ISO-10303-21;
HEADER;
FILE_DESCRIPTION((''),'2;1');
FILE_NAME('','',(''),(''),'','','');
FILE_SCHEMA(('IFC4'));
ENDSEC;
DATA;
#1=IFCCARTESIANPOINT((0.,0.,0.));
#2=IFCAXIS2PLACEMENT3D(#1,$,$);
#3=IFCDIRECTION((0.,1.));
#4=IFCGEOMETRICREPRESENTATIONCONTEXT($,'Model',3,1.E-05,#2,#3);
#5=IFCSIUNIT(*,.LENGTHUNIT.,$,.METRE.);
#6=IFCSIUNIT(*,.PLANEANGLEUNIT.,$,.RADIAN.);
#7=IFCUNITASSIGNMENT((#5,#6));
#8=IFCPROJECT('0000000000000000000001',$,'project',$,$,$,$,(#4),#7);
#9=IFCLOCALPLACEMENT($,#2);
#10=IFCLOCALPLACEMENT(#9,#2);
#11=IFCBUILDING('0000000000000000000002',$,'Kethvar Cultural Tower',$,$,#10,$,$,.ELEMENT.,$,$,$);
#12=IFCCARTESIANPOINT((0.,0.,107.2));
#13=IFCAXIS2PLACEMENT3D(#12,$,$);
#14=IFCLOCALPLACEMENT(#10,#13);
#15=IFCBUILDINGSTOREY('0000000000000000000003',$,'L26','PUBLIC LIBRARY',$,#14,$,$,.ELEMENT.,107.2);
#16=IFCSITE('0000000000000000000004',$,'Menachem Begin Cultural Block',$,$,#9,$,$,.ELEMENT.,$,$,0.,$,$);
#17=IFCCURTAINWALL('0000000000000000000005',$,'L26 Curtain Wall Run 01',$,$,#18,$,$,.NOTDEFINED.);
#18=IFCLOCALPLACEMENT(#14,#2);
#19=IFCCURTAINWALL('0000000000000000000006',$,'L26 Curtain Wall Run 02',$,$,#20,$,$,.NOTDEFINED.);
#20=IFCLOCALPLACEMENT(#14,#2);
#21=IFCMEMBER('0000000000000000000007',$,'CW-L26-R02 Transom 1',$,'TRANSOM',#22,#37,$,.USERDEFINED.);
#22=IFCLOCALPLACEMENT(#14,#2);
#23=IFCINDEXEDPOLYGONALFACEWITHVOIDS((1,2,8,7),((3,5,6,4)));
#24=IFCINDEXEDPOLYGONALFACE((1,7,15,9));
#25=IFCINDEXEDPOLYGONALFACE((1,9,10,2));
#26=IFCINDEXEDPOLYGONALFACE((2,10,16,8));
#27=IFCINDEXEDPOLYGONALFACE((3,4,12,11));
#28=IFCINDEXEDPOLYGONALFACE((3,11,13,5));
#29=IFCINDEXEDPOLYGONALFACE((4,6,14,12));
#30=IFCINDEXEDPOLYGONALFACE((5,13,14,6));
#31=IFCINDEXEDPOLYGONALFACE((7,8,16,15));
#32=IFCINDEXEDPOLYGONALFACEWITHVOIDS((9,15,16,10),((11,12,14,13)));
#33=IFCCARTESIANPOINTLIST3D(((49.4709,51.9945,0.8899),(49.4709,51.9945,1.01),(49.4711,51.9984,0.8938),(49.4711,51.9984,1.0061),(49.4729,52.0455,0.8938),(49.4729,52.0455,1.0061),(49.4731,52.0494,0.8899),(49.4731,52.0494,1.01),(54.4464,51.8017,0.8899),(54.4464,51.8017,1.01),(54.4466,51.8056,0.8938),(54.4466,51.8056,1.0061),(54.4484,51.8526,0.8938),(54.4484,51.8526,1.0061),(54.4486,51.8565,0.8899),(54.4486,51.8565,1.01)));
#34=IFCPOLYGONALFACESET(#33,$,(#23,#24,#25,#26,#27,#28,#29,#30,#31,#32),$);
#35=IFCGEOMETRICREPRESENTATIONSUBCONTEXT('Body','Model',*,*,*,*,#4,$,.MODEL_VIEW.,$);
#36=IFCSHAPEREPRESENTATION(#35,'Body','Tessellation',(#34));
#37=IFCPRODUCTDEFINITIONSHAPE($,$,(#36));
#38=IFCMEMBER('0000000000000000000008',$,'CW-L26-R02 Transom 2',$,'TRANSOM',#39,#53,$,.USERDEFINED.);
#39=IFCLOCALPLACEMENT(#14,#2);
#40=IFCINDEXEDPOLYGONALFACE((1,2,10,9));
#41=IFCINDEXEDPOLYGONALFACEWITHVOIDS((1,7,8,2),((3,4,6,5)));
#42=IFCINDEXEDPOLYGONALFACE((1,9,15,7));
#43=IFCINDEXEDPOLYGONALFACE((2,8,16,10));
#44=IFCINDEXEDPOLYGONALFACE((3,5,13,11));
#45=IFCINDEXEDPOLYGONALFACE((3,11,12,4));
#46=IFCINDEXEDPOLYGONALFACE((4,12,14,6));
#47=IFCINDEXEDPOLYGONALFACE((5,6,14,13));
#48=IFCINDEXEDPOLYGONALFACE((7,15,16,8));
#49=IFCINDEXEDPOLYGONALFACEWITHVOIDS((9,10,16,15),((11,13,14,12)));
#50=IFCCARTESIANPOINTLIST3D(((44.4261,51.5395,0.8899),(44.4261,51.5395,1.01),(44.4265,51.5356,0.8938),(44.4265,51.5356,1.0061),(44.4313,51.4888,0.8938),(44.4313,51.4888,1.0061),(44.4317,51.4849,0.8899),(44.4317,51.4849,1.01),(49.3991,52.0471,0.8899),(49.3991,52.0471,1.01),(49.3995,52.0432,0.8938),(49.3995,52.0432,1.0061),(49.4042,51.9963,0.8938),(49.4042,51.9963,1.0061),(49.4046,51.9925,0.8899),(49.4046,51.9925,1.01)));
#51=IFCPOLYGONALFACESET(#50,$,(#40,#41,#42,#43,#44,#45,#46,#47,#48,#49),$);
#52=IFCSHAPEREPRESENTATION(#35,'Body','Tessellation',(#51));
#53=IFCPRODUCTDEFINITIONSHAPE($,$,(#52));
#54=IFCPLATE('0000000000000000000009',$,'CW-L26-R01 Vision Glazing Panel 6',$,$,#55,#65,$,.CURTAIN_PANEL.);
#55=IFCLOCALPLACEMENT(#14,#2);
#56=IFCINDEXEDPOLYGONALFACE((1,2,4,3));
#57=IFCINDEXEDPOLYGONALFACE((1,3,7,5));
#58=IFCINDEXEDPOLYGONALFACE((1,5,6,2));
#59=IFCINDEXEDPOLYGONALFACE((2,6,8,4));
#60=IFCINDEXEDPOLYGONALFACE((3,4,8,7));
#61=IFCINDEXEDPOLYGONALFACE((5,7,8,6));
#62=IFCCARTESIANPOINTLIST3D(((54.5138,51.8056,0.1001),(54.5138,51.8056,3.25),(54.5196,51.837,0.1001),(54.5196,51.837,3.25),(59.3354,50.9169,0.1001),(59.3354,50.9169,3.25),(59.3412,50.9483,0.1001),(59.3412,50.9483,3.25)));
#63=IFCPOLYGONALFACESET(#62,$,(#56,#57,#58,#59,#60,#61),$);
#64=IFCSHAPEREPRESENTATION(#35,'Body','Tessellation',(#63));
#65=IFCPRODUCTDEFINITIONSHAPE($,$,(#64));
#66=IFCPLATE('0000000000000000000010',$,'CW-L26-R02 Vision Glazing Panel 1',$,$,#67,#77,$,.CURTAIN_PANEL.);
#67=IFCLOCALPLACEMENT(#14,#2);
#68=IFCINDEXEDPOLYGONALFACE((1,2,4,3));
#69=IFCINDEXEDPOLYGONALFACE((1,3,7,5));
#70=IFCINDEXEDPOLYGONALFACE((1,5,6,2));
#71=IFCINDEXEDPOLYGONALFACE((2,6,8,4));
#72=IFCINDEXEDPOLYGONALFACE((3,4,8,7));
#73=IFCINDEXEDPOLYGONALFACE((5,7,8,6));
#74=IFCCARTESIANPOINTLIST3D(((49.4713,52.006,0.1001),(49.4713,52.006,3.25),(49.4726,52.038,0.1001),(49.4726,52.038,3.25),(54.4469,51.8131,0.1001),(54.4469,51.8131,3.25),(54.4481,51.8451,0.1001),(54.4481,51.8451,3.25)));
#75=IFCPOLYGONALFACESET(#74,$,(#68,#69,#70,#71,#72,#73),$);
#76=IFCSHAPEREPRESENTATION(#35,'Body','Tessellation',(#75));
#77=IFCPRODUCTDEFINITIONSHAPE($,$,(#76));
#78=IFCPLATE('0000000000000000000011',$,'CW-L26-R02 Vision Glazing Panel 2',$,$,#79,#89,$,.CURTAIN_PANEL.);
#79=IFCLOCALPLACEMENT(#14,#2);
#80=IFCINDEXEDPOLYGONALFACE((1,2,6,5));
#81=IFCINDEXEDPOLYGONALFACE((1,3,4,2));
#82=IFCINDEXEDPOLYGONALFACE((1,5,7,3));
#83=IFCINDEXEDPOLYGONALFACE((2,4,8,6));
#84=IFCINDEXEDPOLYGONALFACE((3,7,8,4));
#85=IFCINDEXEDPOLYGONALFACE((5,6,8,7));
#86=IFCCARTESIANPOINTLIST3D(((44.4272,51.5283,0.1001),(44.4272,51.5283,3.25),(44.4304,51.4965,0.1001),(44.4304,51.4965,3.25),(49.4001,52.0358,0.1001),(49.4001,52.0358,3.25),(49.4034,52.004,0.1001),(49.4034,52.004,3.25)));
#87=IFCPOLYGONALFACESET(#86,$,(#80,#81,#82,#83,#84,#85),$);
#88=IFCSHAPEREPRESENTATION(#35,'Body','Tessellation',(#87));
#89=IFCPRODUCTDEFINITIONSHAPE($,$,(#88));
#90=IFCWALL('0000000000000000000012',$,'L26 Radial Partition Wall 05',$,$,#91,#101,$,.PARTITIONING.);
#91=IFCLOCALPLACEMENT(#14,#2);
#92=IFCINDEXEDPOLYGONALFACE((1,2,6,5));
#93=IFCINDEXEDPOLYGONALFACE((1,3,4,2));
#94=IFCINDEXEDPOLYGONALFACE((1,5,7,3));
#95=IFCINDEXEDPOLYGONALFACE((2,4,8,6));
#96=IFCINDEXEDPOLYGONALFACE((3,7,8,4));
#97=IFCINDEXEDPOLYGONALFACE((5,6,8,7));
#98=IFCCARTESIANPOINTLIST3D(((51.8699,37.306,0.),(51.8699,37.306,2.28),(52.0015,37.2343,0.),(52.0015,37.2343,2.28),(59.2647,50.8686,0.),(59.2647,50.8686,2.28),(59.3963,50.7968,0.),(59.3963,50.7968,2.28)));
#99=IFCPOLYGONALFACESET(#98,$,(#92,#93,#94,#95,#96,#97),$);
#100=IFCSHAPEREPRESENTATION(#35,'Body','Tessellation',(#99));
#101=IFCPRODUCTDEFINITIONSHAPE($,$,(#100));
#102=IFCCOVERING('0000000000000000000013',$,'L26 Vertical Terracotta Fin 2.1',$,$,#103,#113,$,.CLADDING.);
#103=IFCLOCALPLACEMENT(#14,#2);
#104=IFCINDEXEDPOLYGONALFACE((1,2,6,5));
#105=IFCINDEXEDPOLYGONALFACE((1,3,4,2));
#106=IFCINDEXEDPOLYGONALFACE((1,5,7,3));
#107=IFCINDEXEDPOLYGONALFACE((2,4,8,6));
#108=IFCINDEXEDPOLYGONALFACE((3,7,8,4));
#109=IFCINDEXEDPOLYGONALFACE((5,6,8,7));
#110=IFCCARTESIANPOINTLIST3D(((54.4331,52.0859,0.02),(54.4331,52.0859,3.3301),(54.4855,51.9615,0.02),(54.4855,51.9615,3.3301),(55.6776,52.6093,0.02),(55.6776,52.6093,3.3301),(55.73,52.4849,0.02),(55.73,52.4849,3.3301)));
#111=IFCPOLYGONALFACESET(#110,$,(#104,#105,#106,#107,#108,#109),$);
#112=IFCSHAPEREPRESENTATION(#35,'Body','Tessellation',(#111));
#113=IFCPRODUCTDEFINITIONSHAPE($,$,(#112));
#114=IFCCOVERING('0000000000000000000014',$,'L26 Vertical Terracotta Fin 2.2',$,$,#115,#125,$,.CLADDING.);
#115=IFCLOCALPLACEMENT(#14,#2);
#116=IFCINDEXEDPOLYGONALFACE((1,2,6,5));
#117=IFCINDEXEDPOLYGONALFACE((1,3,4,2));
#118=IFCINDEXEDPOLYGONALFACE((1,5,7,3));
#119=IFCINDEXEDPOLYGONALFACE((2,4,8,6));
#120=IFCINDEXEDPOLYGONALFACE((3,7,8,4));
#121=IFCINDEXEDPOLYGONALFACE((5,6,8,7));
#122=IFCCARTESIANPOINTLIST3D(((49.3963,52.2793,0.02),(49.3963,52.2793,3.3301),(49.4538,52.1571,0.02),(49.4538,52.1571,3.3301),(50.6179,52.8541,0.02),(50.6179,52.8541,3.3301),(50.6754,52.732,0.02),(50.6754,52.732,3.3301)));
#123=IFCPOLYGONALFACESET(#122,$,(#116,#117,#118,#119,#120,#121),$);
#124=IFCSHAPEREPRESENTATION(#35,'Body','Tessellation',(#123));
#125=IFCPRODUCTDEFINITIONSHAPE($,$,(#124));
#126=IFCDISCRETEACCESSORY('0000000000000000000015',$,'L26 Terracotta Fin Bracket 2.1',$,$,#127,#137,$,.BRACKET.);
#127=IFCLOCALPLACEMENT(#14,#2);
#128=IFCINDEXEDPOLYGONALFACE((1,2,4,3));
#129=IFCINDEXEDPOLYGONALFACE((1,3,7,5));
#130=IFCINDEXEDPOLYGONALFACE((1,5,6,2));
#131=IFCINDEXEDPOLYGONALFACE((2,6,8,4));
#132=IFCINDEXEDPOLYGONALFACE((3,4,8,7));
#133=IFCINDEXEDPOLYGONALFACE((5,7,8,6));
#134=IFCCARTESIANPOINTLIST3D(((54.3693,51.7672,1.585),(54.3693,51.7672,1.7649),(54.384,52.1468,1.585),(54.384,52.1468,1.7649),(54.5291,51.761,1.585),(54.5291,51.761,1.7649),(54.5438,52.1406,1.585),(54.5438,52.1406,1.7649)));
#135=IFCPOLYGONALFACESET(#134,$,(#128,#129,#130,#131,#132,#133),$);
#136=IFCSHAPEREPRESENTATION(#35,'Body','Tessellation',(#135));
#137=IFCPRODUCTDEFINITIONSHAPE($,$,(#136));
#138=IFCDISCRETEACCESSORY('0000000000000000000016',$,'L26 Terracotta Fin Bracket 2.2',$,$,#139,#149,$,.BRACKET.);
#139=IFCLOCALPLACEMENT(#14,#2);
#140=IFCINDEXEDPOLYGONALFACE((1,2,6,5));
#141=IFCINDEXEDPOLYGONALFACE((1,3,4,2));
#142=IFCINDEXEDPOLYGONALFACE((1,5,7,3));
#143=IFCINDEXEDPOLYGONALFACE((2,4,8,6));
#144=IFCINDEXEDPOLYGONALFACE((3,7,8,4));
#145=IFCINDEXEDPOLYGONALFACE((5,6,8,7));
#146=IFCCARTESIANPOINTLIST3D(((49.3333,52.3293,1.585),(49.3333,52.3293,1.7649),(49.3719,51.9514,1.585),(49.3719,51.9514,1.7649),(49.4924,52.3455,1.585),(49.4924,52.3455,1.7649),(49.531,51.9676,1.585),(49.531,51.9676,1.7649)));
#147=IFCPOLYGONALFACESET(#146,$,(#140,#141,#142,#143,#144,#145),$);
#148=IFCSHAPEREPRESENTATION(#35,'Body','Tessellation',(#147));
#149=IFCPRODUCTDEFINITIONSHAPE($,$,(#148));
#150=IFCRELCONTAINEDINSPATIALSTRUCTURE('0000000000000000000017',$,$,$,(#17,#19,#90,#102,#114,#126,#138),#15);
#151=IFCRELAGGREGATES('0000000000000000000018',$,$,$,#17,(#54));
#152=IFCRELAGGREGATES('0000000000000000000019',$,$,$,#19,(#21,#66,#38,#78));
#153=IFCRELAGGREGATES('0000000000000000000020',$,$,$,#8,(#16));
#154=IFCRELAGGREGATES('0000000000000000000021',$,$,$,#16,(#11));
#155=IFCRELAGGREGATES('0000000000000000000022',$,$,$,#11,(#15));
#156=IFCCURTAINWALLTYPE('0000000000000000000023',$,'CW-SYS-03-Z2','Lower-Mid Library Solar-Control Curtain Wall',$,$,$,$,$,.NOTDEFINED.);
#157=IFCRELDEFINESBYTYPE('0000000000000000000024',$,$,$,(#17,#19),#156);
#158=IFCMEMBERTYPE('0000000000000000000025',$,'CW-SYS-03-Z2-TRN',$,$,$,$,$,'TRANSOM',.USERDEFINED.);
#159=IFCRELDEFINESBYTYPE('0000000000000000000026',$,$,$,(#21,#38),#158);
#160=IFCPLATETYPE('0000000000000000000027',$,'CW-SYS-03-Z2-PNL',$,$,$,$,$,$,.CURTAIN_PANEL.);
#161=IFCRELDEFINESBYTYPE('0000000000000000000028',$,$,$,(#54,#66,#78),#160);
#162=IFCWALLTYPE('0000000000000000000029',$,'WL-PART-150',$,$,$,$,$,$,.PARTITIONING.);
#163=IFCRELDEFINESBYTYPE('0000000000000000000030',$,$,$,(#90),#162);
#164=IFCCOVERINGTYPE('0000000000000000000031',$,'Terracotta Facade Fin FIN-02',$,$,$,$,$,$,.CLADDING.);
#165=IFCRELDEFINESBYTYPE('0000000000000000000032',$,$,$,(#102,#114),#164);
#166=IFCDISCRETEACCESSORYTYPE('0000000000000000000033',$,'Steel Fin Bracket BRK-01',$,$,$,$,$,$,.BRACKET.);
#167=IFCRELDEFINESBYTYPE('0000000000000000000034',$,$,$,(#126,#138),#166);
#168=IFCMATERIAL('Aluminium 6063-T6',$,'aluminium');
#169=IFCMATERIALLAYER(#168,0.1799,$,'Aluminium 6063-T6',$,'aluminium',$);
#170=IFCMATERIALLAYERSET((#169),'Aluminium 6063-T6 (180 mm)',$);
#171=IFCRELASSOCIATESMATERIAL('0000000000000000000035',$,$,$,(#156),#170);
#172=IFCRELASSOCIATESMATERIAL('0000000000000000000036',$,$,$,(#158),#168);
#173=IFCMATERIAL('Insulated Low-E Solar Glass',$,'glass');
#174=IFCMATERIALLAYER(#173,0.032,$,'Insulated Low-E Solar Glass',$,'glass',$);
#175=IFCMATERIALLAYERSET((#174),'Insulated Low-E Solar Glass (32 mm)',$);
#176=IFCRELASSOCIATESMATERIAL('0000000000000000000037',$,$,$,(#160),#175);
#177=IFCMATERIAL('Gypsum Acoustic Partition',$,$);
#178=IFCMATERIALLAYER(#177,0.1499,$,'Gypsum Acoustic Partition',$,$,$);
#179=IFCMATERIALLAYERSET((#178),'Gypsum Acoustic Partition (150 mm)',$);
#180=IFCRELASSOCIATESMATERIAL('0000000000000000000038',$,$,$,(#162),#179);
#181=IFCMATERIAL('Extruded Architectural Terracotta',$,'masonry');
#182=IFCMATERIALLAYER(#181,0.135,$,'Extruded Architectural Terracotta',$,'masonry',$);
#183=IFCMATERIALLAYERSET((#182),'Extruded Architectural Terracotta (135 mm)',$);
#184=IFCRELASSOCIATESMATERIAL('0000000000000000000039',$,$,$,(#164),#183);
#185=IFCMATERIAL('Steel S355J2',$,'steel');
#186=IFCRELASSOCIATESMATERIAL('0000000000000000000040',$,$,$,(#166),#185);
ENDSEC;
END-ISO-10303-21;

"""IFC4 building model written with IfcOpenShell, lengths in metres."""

from ifc_helpers import new_model, si_unit, direction, frame, frame_2d, origin, origin_2d, place, context, subcontext, project, spatial, rectangle, hollow_rectangle, extrude, source, transform, mapped, material, layer, layer_set, material_profile, profile_set, type_object, element, aggregate, save


model = new_model("IFC4")

# Units and contexts
model_context = context("Model", 3, precision=1e-05, world=origin(), true_north=direction((0.0, 1.0)))
body_context = subcontext(model_context, "Body", "Model", "MODEL_VIEW")
ifc_project = project(units=[si_unit("LENGTHUNIT", "METRE"), si_unit("PLANEANGLEUNIT", "RADIAN")], contexts=[model_context])

# Site, building, storey
site_placement = place(None, origin())
site = spatial("IfcSite", under=ifc_project, at=site_placement, Name="Menachem Begin Cultural Block", CompositionType="ELEMENT", RefElevation=0.0)
building_placement = place(site_placement, origin())
building = spatial("IfcBuilding", under=site, at=building_placement, Name="Kethvar Cultural Tower", CompositionType="ELEMENT")
storey_placement = place(building_placement, frame((0.0, 0.0, 107.2)))
storey = spatial("IfcBuildingStorey", under=building, at=storey_placement, Name="L26", Description="PUBLIC LIBRARY", CompositionType="ELEMENT", Elevation=107.2)

# Shared definitions
ifc_material_1 = material(Name="Steel S355J2", Category="steel")

# Curtain walls
ifc_material_2 = material(Name="Aluminium 6063-T6", Category="aluminium")
ifc_layer_1 = layer(ifc_material_2, 0.1799, Name="Aluminium 6063-T6", Category="aluminium")
ifc_layer_set_1 = layer_set([ifc_layer_1], Name="Aluminium 6063-T6 (180 mm)")
curtain_wall_type = type_object("IfcCurtainWallType", Name="CW-SYS-03-Z2", Description="Lower-Mid Library Solar-Control Curtain Wall", PredefinedType="NOTDEFINED", material=ifc_layer_set_1)
curtain_wall_1_placement = place(storey_placement, origin())
curtain_wall_1 = element("IfcCurtainWall", 1, at=curtain_wall_1_placement, inside=storey, type_object=curtain_wall_type, Name="L26 Curtain Wall Run 01", PredefinedType="NOTDEFINED")
curtain_wall_2_placement = place(storey_placement, origin())
curtain_wall_2 = element("IfcCurtainWall", 2, at=curtain_wall_2_placement, inside=storey, type_object=curtain_wall_type, Name="L26 Curtain Wall Run 02", PredefinedType="NOTDEFINED")

# Members
ifc_material_profile_1 = material_profile(ifc_material_2, hollow_rectangle(XDim=0.0549, YDim=0.1201, WallThickness=0.0039, at=origin_2d()), Name="Aluminium 6063-T6 — RHS120x55x4")
ifc_profile_set_1 = profile_set([ifc_material_profile_1], Name="Aluminium 6063-T6 — RHS120x55x4")
member_type_1 = type_object("IfcMemberType", Name="CW-SYS-03-Z2-TRN", ElementType="TRANSOM", PredefinedType="USERDEFINED", material=ifc_profile_set_1)
shared_shape_1 = source(origin(), body_context, "Body", "SweptSolid", [
    extrude(hollow_rectangle(XDim=0.0549, YDim=0.1201, WallThickness=0.0039, at=origin_2d()), origin(), (0.0, 0.0, 1.0), 4.9792),
])
member_1_placement = place(storey_placement, frame((54.4475, 51.8291, 0.95), z_axis=(-0.99925, 0.038734, 0.0), x_axis=(-0.038734, -0.99925, 0.0)))
member_1 = element("IfcMember", 3, at=member_1_placement, type_object=member_type_1, Name="CW-L26-R02 Transom 1", ObjectType="TRANSOM", PredefinedType="USERDEFINED", context=body_context, shape_type="MappedRepresentation", body=[
    mapped(shared_shape_1, transform((0.0, 0.0, 0.0), scale=1.0)),
])
shared_shape_2 = source(origin(), body_context, "Body", "SweptSolid", [
    extrude(hollow_rectangle(XDim=0.0549, YDim=0.1201, WallThickness=0.0039, at=origin_2d()), origin(), (0.0, 0.0, 1.0), 4.9988),
])
member_2_placement = place(storey_placement, frame((49.4019, 52.0198, 0.95), z_axis=(-0.994832, -0.101539, 0.0), x_axis=(0.101539, -0.994832, 0.0)))
member_2 = element("IfcMember", 4, at=member_2_placement, type_object=member_type_1, Name="CW-L26-R02 Transom 2", ObjectType="TRANSOM", PredefinedType="USERDEFINED", context=body_context, shape_type="MappedRepresentation", body=[
    mapped(shared_shape_2, transform((0.0, 0.0, 0.0), scale=1.0)),
])

# Plates
ifc_material_3 = material(Name="Insulated Low-E Solar Glass", Category="glass")
ifc_layer_2 = layer(ifc_material_3, 0.032, Name="Insulated Low-E Solar Glass", Category="glass")
ifc_layer_set_2 = layer_set([ifc_layer_2], Name="Insulated Low-E Solar Glass (32 mm)")
plate_type = type_object("IfcPlateType", Name="CW-SYS-03-Z2-PNL", PredefinedType="CURTAIN_PANEL", material=ifc_layer_set_2)
shared_shape_3 = source(origin(), body_context, "Body", "SweptSolid", [
    extrude(rectangle(XDim=4.9028, YDim=0.032, at=origin_2d()), origin(), (0.0, 0.0, 1.0), 3.1499),
])
plate_1_placement = place(storey_placement, frame((56.9275, 51.377, 0.1001), z_axis=(0.0, 0.0, 1.0), x_axis=(-0.983436, 0.181257, 0.0)))
plate_1 = element("IfcPlate", 5, at=plate_1_placement, type_object=plate_type, Name="CW-L26-R01 Vision Glazing Panel 6", PredefinedType="CURTAIN_PANEL", context=body_context, shape_type="MappedRepresentation", body=[
    mapped(shared_shape_3, transform((0.0, 0.0, 0.0), scale=1.0)),
])
aggregate(curtain_wall_1, [plate_1])
shared_shape_4 = source(origin(), body_context, "Body", "SweptSolid", [
    extrude(rectangle(XDim=4.9792, YDim=0.032, at=origin_2d()), origin(), (0.0, 0.0, 1.0), 3.1499),
])
plate_2_placement = place(storey_placement, frame((51.9597, 51.9255, 0.1001), z_axis=(0.0, 0.0, 1.0), x_axis=(-0.999249, 0.038737, 0.0)))
plate_2 = element("IfcPlate", 6, at=plate_2_placement, type_object=plate_type, Name="CW-L26-R02 Vision Glazing Panel 1", PredefinedType="CURTAIN_PANEL", context=body_context, shape_type="MappedRepresentation", body=[
    mapped(shared_shape_4, transform((0.0, 0.0, 0.0), scale=1.0)),
])
shared_shape_5 = source(origin(), body_context, "Body", "SweptSolid", [
    extrude(rectangle(XDim=4.9988, YDim=0.032, at=origin_2d()), origin(), (0.0, 0.0, 1.0), 3.1499),
])
plate_3_placement = place(storey_placement, frame((46.9153, 51.7661, 0.1001), z_axis=(0.0, 0.0, 1.0), x_axis=(-0.994833, -0.101525, 0.0)))
plate_3 = element("IfcPlate", 7, at=plate_3_placement, type_object=plate_type, Name="CW-L26-R02 Vision Glazing Panel 2", PredefinedType="CURTAIN_PANEL", context=body_context, shape_type="MappedRepresentation", body=[
    mapped(shared_shape_5, transform((0.0, 0.0, 0.0), scale=1.0)),
])
aggregate(curtain_wall_2, [member_1, plate_2, member_2, plate_3])

# Wall
ifc_material_4 = material(Name="Gypsum Acoustic Partition")
ifc_layer_3 = layer(ifc_material_4, 0.1499, Name="Gypsum Acoustic Partition")
ifc_layer_set_3 = layer_set([ifc_layer_3], Name="Gypsum Acoustic Partition (150 mm)")
wall_type_1 = type_object("IfcWallType", Name="WL-PART-150", PredefinedType="PARTITIONING", material=ifc_layer_set_3)
wall_1_placement = place(storey_placement, frame((51.9358, 37.2703, 0.0), z_axis=(0.0, 0.0, 1.0), x_axis=(0.478705, 0.877976, 0.0)))
element("IfcWall", 8, at=wall_1_placement, inside=storey, type_object=wall_type_1, Name="L26 Radial Partition Wall 05", PredefinedType="PARTITIONING", context=body_context, shape_type="SweptSolid", body=[
    extrude(rectangle(XDim=15.4475, YDim=0.1499, at=frame_2d((7.7236, 0.0))), origin(), (0.0, 0.0, 1.0), 2.28),
])

# Coverings
ifc_material_5 = material(Name="Extruded Architectural Terracotta", Category="masonry")
ifc_layer_4 = layer(ifc_material_5, 0.135, Name="Extruded Architectural Terracotta", Category="masonry")
ifc_layer_set_4 = layer_set([ifc_layer_4], Name="Extruded Architectural Terracotta (135 mm)")
covering_type = type_object("IfcCoveringType", Name="Terracotta Facade Fin FIN-02", PredefinedType="CLADDING", material=ifc_layer_set_4)
shared_shape_6 = source(origin(), body_context, "Body", "SweptSolid", [
    extrude(rectangle(XDim=1.3501, YDim=0.135, at=origin_2d()), origin(), (0.0, 0.0, 1.0), 3.3101),
])
for number, where, z_axis, x_axis, name in (
    (9, (55.0815, 52.2854, 0.02), (0.0, 0.0, 1.0), (0.921796, 0.387676, 0.0), "L26 Vertical Terracotta Fin 2.1"),
    (10, (50.0359, 52.5056, 0.02), (0.0, 0.0, 1.0), (0.904827, 0.425779, 0.0), "L26 Vertical Terracotta Fin 2.2"),
):
    element("IfcCovering", number, at=place(storey_placement, frame(where, z_axis=z_axis, x_axis=x_axis)), inside=storey, type_object=covering_type, Name=name, PredefinedType="CLADDING", context=body_context, shape_type="MappedRepresentation", body=[
        mapped(shared_shape_6, transform((0.0, 0.0, 0.0), scale=1.0)),
    ])

# Discrete accessories
discrete_accessory_type = type_object("IfcDiscreteAccessoryType", Name="Steel Fin Bracket BRK-01", PredefinedType="BRACKET", material=ifc_material_1)
shared_shape_7 = source(origin(), body_context, "Body", "SweptSolid", [
    extrude(rectangle(XDim=0.3799, YDim=0.1599, at=origin_2d()), origin(), (0.0, 0.0, 1.0), 0.1799),
])
for number, where, z_axis, x_axis, name in (
    (11, (54.4565, 51.9539, 1.585), (0.0, 0.0, 1.0), (0.038737, 0.999249, 0.0), "L26 Terracotta Fin Bracket 2.1"),
    (12, (49.4321, 52.1484, 1.585), (0.0, 0.0, 1.0), (-0.101577, 0.994828, 0.0), "L26 Terracotta Fin Bracket 2.2"),
):
    element("IfcDiscreteAccessory", number, at=place(storey_placement, frame(where, z_axis=z_axis, x_axis=x_axis)), inside=storey, type_object=discrete_accessory_type, Name=name, PredefinedType="BRACKET", context=body_context, shape_type="MappedRepresentation", body=[
        mapped(shared_shape_7, transform((0.0, 0.0, 0.0), scale=1.0)),
    ])

save(model, "model.ifc")
